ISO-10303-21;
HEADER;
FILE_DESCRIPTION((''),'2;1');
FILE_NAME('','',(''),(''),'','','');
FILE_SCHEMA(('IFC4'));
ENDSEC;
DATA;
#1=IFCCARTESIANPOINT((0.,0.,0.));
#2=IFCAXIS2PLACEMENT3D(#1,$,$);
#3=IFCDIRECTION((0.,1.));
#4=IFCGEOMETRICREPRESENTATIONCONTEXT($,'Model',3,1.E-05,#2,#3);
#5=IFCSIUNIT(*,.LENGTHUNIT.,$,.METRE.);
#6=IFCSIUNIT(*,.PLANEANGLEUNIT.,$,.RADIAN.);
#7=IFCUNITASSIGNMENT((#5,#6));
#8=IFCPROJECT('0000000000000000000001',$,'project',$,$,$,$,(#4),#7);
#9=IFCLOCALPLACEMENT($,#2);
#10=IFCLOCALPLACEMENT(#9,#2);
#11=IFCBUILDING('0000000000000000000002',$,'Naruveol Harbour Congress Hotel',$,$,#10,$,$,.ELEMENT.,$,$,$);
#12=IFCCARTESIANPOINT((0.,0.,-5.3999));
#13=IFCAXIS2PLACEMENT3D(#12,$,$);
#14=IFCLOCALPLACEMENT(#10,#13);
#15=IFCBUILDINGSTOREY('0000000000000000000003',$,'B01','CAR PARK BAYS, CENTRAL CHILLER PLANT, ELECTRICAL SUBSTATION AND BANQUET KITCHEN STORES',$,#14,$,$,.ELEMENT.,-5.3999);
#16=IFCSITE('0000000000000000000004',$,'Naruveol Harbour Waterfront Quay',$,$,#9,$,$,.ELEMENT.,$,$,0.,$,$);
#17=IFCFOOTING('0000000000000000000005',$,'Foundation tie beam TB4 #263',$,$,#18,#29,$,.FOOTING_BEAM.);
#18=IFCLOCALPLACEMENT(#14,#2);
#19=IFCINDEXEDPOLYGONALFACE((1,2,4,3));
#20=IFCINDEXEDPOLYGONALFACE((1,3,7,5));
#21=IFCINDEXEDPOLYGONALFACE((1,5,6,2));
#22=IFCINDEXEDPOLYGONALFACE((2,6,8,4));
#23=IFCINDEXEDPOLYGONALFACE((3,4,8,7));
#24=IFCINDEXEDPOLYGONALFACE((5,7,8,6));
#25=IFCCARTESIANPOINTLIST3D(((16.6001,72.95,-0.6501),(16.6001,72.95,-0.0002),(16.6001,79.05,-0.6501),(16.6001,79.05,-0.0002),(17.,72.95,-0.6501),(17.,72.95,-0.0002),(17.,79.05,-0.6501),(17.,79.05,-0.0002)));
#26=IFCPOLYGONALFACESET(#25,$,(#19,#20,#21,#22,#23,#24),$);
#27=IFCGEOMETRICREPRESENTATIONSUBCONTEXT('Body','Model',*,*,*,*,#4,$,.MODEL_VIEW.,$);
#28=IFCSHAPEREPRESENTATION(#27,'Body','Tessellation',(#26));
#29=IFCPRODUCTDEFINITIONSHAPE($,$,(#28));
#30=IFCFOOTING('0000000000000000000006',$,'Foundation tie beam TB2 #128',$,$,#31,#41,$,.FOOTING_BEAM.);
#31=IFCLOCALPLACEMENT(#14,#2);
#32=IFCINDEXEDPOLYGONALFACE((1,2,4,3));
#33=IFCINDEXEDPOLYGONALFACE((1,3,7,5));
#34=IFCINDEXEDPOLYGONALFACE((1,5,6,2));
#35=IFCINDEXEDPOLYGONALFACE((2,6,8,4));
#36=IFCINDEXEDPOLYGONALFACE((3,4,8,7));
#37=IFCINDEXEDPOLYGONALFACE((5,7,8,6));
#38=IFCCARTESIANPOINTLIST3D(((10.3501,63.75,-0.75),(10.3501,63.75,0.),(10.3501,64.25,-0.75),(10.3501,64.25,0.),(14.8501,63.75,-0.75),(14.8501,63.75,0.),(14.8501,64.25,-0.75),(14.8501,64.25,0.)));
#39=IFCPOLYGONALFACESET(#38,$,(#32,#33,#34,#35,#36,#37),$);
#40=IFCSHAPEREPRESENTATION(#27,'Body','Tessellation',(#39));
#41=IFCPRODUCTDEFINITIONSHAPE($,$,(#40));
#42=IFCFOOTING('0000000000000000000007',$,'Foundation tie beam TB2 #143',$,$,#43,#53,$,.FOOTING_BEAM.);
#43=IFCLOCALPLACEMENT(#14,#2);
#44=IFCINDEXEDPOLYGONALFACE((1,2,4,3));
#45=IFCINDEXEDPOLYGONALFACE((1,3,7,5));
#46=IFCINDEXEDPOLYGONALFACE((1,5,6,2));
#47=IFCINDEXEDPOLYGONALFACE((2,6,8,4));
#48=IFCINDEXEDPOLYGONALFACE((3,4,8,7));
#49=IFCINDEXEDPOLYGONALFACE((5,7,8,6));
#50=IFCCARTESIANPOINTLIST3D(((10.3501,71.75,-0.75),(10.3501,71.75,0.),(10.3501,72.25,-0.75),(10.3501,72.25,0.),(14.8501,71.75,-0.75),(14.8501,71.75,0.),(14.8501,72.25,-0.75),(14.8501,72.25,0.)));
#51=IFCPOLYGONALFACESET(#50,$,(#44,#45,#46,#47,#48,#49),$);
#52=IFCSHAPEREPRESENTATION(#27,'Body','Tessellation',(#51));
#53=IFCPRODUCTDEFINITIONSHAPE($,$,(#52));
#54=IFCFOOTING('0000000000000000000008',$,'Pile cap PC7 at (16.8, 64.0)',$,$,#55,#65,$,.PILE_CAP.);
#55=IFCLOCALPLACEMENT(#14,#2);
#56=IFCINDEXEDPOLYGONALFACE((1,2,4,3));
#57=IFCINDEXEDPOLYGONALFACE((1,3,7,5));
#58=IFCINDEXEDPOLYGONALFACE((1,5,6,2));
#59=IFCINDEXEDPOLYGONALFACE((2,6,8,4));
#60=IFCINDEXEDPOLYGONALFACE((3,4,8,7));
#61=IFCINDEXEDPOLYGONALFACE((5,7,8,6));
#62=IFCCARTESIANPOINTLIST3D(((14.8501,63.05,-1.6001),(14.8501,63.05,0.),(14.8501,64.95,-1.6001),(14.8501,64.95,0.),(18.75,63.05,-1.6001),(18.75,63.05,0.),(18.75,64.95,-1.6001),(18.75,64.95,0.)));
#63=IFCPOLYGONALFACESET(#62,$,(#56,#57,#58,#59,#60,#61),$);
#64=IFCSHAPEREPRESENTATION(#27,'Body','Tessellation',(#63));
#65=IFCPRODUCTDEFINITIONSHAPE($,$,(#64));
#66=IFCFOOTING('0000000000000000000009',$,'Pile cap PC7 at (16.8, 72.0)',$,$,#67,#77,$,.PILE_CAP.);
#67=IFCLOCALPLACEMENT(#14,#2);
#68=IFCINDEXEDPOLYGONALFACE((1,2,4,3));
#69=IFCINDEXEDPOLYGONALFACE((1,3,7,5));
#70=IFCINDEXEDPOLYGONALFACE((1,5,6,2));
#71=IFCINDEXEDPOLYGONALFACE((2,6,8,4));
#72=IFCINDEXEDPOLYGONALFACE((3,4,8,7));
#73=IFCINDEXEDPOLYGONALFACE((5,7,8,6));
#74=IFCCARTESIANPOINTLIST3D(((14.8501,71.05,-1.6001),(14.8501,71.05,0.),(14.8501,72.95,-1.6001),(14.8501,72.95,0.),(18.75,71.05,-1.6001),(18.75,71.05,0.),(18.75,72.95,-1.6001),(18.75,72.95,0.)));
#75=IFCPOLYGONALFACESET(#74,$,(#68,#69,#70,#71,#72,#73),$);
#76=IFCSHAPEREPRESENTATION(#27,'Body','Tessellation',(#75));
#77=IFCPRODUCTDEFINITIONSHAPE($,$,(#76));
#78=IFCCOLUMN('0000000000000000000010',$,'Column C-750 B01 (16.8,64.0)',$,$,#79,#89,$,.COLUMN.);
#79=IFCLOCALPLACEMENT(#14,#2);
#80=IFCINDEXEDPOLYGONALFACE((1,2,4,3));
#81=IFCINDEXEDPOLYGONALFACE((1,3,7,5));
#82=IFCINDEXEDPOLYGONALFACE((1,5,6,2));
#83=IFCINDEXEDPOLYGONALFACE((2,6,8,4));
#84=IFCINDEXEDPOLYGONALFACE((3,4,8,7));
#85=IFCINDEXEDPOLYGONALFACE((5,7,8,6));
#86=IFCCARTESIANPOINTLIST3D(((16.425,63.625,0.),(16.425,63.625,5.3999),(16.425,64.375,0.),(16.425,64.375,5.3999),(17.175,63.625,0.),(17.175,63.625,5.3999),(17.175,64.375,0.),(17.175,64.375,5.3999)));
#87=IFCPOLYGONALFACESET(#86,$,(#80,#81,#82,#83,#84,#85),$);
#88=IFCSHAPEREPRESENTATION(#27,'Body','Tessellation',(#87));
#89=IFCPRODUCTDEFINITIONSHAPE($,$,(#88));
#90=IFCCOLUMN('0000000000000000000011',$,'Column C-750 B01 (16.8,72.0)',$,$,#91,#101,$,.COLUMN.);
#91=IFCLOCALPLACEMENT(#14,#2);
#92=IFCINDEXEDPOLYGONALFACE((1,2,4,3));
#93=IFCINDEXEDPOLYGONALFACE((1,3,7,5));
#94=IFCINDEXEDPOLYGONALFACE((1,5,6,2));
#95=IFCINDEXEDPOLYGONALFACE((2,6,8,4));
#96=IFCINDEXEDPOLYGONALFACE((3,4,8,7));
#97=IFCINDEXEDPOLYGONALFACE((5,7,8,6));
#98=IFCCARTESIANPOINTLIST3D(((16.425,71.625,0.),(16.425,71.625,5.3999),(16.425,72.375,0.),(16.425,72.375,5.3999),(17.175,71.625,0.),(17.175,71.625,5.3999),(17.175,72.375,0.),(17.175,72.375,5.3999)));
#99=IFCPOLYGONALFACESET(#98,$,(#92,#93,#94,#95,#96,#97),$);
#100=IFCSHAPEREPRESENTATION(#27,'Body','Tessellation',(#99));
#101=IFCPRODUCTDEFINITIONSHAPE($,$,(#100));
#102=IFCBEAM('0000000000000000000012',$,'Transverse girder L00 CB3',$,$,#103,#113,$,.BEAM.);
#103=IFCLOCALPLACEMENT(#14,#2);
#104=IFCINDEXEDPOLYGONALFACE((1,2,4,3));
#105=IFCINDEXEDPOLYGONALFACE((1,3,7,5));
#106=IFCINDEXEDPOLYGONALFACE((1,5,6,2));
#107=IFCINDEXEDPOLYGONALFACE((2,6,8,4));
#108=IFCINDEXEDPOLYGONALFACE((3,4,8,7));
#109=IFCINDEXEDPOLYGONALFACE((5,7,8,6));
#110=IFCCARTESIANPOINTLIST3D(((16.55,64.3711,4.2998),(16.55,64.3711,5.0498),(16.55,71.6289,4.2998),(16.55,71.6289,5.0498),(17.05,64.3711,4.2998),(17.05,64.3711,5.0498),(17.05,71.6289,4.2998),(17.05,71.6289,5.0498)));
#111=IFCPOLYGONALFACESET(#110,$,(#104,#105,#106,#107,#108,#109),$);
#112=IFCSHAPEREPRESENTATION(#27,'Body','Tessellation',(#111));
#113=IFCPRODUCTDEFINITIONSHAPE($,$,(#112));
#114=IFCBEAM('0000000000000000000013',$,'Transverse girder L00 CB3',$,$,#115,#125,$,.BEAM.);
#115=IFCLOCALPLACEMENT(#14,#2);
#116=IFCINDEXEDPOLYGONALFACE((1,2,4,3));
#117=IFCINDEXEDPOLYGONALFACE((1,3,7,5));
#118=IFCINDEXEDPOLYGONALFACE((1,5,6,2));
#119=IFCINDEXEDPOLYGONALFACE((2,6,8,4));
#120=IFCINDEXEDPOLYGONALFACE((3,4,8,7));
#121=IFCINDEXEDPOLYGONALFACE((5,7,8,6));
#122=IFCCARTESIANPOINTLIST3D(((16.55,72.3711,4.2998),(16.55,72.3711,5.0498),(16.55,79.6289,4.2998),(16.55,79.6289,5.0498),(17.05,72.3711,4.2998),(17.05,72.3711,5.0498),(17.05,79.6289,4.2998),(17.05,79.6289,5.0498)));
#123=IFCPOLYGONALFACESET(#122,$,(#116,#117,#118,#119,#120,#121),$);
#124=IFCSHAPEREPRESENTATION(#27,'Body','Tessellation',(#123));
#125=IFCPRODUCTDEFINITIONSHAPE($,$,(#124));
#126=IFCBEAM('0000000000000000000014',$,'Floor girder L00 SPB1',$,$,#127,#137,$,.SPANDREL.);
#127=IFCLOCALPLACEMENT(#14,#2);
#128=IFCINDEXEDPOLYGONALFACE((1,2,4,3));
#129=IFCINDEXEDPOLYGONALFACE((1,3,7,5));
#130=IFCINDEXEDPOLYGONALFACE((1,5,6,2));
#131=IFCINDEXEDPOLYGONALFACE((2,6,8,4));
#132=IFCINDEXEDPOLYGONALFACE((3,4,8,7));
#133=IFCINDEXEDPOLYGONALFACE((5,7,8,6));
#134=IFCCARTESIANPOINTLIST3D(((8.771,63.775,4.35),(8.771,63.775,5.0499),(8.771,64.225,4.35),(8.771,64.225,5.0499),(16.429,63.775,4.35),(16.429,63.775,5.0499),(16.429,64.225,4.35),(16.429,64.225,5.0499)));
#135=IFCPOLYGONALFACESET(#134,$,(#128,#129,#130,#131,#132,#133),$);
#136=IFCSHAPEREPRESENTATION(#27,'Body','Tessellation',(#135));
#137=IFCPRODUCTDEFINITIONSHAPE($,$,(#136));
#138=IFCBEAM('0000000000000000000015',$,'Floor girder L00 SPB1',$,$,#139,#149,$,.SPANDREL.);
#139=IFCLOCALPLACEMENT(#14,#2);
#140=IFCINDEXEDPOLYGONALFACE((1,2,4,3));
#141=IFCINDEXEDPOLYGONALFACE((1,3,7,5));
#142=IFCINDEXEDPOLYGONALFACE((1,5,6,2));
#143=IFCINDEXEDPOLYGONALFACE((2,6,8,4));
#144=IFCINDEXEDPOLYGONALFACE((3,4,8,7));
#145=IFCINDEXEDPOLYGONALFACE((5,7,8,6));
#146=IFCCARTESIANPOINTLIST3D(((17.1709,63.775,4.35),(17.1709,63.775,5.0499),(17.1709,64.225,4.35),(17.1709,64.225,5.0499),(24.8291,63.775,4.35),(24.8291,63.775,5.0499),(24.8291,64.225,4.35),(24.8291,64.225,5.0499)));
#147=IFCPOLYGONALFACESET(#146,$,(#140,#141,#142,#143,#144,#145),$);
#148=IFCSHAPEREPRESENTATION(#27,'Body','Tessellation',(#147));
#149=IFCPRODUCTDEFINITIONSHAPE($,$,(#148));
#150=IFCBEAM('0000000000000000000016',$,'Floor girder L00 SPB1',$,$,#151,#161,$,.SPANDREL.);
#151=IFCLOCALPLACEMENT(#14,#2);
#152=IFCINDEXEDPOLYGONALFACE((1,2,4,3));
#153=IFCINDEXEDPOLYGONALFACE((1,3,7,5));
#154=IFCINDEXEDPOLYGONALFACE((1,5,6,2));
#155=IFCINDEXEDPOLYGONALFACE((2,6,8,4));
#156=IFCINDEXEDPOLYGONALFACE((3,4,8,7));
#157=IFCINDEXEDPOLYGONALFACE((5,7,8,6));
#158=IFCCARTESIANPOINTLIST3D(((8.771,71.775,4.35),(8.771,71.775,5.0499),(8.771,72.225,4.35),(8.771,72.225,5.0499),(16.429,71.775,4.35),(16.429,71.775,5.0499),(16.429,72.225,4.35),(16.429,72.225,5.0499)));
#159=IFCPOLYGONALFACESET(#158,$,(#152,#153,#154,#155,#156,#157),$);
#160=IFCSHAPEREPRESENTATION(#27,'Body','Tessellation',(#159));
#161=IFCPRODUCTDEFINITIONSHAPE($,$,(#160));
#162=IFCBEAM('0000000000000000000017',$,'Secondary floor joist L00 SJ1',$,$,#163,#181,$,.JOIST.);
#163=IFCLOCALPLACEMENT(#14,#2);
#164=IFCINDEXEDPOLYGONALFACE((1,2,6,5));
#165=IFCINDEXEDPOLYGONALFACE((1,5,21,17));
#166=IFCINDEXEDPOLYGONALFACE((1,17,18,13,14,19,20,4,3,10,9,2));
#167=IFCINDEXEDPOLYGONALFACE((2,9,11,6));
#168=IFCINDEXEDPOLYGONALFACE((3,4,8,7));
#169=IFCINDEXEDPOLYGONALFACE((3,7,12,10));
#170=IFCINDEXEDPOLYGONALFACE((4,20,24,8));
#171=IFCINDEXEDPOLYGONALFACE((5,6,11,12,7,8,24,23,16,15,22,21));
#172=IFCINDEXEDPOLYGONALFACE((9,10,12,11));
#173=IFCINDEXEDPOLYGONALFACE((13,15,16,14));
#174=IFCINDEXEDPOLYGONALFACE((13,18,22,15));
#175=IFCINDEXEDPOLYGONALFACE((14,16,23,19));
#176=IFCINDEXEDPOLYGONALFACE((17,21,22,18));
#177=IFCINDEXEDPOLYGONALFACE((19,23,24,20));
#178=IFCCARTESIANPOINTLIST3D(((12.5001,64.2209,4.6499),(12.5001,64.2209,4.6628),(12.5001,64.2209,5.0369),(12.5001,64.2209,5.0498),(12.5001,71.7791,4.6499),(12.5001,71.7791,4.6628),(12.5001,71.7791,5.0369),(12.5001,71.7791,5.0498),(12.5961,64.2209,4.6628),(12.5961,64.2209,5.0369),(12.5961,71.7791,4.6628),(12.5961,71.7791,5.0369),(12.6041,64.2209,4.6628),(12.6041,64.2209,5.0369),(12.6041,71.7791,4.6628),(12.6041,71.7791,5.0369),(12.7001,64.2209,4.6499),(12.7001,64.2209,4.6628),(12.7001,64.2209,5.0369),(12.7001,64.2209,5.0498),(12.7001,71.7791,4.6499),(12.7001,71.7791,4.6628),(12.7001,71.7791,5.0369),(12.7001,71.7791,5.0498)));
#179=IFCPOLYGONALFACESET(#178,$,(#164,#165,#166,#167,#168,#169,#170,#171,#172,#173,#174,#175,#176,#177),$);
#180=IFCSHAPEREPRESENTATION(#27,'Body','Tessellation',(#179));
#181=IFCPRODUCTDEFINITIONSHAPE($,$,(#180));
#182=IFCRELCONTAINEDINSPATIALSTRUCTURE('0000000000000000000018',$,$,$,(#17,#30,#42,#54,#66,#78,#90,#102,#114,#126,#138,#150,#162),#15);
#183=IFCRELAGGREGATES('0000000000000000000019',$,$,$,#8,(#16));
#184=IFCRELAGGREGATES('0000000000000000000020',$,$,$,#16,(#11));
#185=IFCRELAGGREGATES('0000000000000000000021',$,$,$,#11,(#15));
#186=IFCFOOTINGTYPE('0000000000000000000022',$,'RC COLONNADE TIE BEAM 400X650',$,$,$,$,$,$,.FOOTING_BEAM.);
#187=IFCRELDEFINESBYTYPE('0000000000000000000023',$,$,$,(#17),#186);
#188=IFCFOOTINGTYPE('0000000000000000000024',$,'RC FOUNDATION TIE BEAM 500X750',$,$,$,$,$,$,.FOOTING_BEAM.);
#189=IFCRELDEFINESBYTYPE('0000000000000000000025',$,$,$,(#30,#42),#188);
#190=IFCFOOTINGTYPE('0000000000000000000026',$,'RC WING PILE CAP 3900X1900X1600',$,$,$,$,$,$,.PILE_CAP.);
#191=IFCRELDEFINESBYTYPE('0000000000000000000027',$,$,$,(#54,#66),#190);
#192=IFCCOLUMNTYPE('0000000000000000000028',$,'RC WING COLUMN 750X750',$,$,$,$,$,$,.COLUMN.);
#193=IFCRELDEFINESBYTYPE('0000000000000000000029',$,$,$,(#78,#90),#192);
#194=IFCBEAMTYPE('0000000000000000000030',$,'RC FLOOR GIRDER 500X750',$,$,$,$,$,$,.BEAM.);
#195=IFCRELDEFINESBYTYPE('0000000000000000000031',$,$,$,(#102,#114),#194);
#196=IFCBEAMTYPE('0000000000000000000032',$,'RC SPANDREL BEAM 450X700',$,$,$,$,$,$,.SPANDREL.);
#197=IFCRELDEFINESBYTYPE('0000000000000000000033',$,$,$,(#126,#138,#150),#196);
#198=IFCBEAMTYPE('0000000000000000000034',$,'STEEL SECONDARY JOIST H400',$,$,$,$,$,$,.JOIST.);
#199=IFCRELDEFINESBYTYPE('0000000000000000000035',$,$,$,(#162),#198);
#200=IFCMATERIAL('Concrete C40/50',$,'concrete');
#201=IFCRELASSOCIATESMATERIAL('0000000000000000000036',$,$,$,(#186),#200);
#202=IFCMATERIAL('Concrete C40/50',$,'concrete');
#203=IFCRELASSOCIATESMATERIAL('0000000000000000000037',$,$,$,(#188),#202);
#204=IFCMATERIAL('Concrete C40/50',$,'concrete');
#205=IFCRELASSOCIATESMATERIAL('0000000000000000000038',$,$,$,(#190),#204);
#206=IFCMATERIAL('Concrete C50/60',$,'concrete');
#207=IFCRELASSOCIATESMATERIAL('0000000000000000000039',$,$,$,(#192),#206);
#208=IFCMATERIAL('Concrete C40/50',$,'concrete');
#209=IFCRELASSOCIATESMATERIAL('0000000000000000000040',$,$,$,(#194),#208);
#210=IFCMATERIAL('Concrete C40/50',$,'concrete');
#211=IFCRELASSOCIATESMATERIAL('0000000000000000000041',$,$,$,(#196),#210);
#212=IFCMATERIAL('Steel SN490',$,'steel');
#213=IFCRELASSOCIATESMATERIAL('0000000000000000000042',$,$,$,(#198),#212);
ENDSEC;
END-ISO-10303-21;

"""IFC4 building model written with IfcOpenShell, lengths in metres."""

from ifc_helpers import new_model, si_unit, direction, frame, origin, origin_2d, place, context, subcontext, project, spatial, rectangle, i_section, extrude, material, material_profile, profile_set, type_object, element, save


model = new_model("IFC4")

# Units and contexts
model_context = context("Model", 3, precision=1e-05, world=origin(), true_north=direction((0.0, 1.0)))
body_context = subcontext(model_context, "Body", "Model", "MODEL_VIEW")
ifc_project = project(units=[si_unit("LENGTHUNIT", "METRE"), si_unit("PLANEANGLEUNIT", "RADIAN")], contexts=[model_context])

# Site, building, storey
site_placement = place(None, origin())
site = spatial("IfcSite", under=ifc_project, at=site_placement, Name="Naruveol Harbour Waterfront Quay", CompositionType="ELEMENT", RefElevation=0.0)
building_placement = place(site_placement, origin())
building = spatial("IfcBuilding", under=site, at=building_placement, Name="Naruveol Harbour Congress Hotel", CompositionType="ELEMENT")
storey_placement = place(building_placement, frame((0.0, 0.0, -5.3999)))
storey = spatial("IfcBuildingStorey", under=building, at=storey_placement, Name="B01", Description="CAR PARK BAYS, CENTRAL CHILLER PLANT, ELECTRICAL SUBSTATION AND BANQUET KITCHEN STORES", CompositionType="ELEMENT", Elevation=-5.3999)

# Footings
ifc_material_1 = material(Name="Concrete C40/50", Category="concrete")
ifc_material_profile_1 = material_profile(ifc_material_1, rectangle(XDim=0.3999, YDim=0.6499, at=origin_2d()), Name="RCB-400x650")
ifc_profile_set_1 = profile_set([ifc_material_profile_1], Name="Concrete C40/50")
footing_type_1 = type_object("IfcFootingType", Name="RC COLONNADE TIE BEAM 400X650", PredefinedType="FOOTING_BEAM", material=ifc_profile_set_1)
for number, where, z_axis, x_axis, name in (
    (1, (16.8, 72.95, -0.3252), (0.0, 1.0, 0.0), (-1.0, 0.0, 0.0), "Foundation tie beam TB4 #263"),
):
    element("IfcFooting", number, at=place(storey_placement, frame(where, z_axis=z_axis, x_axis=x_axis)), inside=storey, type_object=footing_type_1, Name=name, PredefinedType="FOOTING_BEAM", context=body_context, shape_type="SweptSolid", body=[
        extrude(rectangle(XDim=0.3999, YDim=0.6499, at=origin_2d()), origin(), (0.0, 0.0, 1.0), 6.1001),
    ])
ifc_material_2 = material(Name="Concrete C40/50", Category="concrete")
ifc_material_profile_2 = material_profile(ifc_material_2, rectangle(XDim=0.5, YDim=0.75, at=origin_2d()), Name="RCB-500x750")
ifc_profile_set_2 = profile_set([ifc_material_profile_2], Name="Concrete C40/50")
footing_type_2 = type_object("IfcFootingType", Name="RC FOUNDATION TIE BEAM 500X750", PredefinedType="FOOTING_BEAM", material=ifc_profile_set_2)
for number, where, z_axis, x_axis, name in (
    (2, (10.3501, 64.0, -0.375), (1.0, 0.0, 0.0), (0.0, 1.0, 0.0), "Foundation tie beam TB2 #128"),
    (3, (10.3501, 72.0, -0.375), (1.0, 0.0, 0.0), (0.0, 1.0, 0.0), "Foundation tie beam TB2 #143"),
):
    element("IfcFooting", number, at=place(storey_placement, frame(where, z_axis=z_axis, x_axis=x_axis)), inside=storey, type_object=footing_type_2, Name=name, PredefinedType="FOOTING_BEAM", context=body_context, shape_type="SweptSolid", body=[
        extrude(rectangle(XDim=0.5, YDim=0.75, at=origin_2d()), origin(), (0.0, 0.0, 1.0), 4.5),
    ])
ifc_material_3 = material(Name="Concrete C40/50", Category="concrete")
footing_type_3 = type_object("IfcFootingType", Name="RC WING PILE CAP 3900X1900X1600", PredefinedType="PILE_CAP", material=ifc_material_3)
for number, where, z_axis, x_axis, name in (
    (4, (16.8, 64.0, -1.6001), (0.0, 0.0, 1.0), (1.0, 0.0, 0.0), "Pile cap PC7 at (16.8, 64.0)"),
    (5, (16.8, 72.0, -1.6001), (0.0, 0.0, 1.0), (1.0, 0.0, 0.0), "Pile cap PC7 at (16.8, 72.0)"),
):
    element("IfcFooting", number, at=place(storey_placement, frame(where, z_axis=z_axis, x_axis=x_axis)), inside=storey, type_object=footing_type_3, Name=name, PredefinedType="PILE_CAP", context=body_context, shape_type="SweptSolid", body=[
        extrude(rectangle(XDim=3.8999, YDim=1.8999, at=origin_2d()), origin(), (0.0, 0.0, 1.0), 1.6001),
    ])

# Columns
ifc_material_4 = material(Name="Concrete C50/60", Category="concrete")
ifc_material_profile_3 = material_profile(ifc_material_4, rectangle(XDim=0.75, YDim=0.75, at=origin_2d()), Name="RC-750x750")
ifc_profile_set_3 = profile_set([ifc_material_profile_3], Name="Concrete C50/60")
column_type = type_object("IfcColumnType", Name="RC WING COLUMN 750X750", PredefinedType="COLUMN", material=ifc_profile_set_3)
for number, where, z_axis, x_axis, name in (
    (6, (16.8, 64.0, 0.0), (0.0, 0.0, 1.0), (1.0, 0.0, 0.0), "Column C-750 B01 (16.8,64.0)"),
    (7, (16.8, 72.0, 0.0), (0.0, 0.0, 1.0), (1.0, 0.0, 0.0), "Column C-750 B01 (16.8,72.0)"),
):
    element("IfcColumn", number, at=place(storey_placement, frame(where, z_axis=z_axis, x_axis=x_axis)), inside=storey, type_object=column_type, Name=name, PredefinedType="COLUMN", context=body_context, shape_type="SweptSolid", body=[
        extrude(rectangle(XDim=0.75, YDim=0.75, at=origin_2d()), origin(), (0.0, 0.0, 1.0), 5.3999),
    ])

# Beams
ifc_material_5 = material(Name="Concrete C40/50", Category="concrete")
ifc_material_profile_4 = material_profile(ifc_material_5, rectangle(XDim=0.5, YDim=0.75, at=origin_2d()), Name="RCB-500x750")
ifc_profile_set_4 = profile_set([ifc_material_profile_4], Name="Concrete C40/50")
beam_type_1 = type_object("IfcBeamType", Name="RC FLOOR GIRDER 500X750", PredefinedType="BEAM", material=ifc_profile_set_4)
for number, where, z_axis, x_axis, name in (
    (8, (16.8, 64.3711, 4.6748), (0.0, 1.0, 0.0), (-1.0, 0.0, 0.0), "Transverse girder L00 CB3"),
    (9, (16.8, 72.3711, 4.6748), (0.0, 1.0, 0.0), (-1.0, 0.0, 0.0), "Transverse girder L00 CB3"),
):
    element("IfcBeam", number, at=place(storey_placement, frame(where, z_axis=z_axis, x_axis=x_axis)), inside=storey, type_object=beam_type_1, Name=name, PredefinedType="BEAM", context=body_context, shape_type="SweptSolid", body=[
        extrude(rectangle(XDim=0.5, YDim=0.75, at=origin_2d()), origin(), (0.0, 0.0, 1.0), 7.2578),
    ])
ifc_material_6 = material(Name="Concrete C40/50", Category="concrete")
ifc_material_profile_5 = material_profile(ifc_material_6, rectangle(XDim=0.45, YDim=0.7, at=origin_2d()), Name="RCB-450x700")
ifc_profile_set_5 = profile_set([ifc_material_profile_5], Name="Concrete C40/50")
beam_type_2 = type_object("IfcBeamType", Name="RC SPANDREL BEAM 450X700", PredefinedType="SPANDREL", material=ifc_profile_set_5)
beam_1_placement = place(storey_placement, frame((8.771, 64.0, 4.7), z_axis=(1.0, 0.0, 0.0), x_axis=(0.0, 1.0, 0.0)))
element("IfcBeam", 10, at=beam_1_placement, inside=storey, type_object=beam_type_2, Name="Floor girder L00 SPB1", PredefinedType="SPANDREL", context=body_context, shape_type="SweptSolid", body=[
    extrude(rectangle(XDim=0.45, YDim=0.7, at=origin_2d()), origin(), (0.0, 0.0, 1.0), 7.658),
])
beam_2_placement = place(storey_placement, frame((17.1709, 64.0, 4.7), z_axis=(1.0, 0.0, 0.0), x_axis=(0.0, 1.0, 0.0)))
element("IfcBeam", 11, at=beam_2_placement, inside=storey, type_object=beam_type_2, Name="Floor girder L00 SPB1", PredefinedType="SPANDREL", context=body_context, shape_type="SweptSolid", body=[
    extrude(rectangle(XDim=0.45, YDim=0.7, at=origin_2d()), origin(), (0.0, 0.0, 1.0), 7.6582),
])
beam_3_placement = place(storey_placement, frame((8.771, 72.0, 4.7), z_axis=(1.0, 0.0, 0.0), x_axis=(0.0, 1.0, 0.0)))
element("IfcBeam", 12, at=beam_3_placement, inside=storey, type_object=beam_type_2, Name="Floor girder L00 SPB1", PredefinedType="SPANDREL", context=body_context, shape_type="SweptSolid", body=[
    extrude(rectangle(XDim=0.45, YDim=0.7, at=origin_2d()), origin(), (0.0, 0.0, 1.0), 7.658),
])
ifc_material_7 = material(Name="Steel SN490", Category="steel")
ifc_material_profile_6 = material_profile(ifc_material_7, i_section(OverallWidth=0.2, OverallDepth=0.3999, WebThickness=0.0081, FlangeThickness=0.0129, at=origin_2d()), Name="H-400x200x8x13")
ifc_profile_set_6 = profile_set([ifc_material_profile_6], Name="Steel SN490")
beam_type_3 = type_object("IfcBeamType", Name="STEEL SECONDARY JOIST H400", PredefinedType="JOIST", material=ifc_profile_set_6)
beam_4_placement = place(storey_placement, frame((12.6001, 64.2209, 4.8499), z_axis=(0.0, 1.0, 0.0), x_axis=(-1.0, 0.0, 0.0)))
element("IfcBeam", 13, at=beam_4_placement, inside=storey, type_object=beam_type_3, Name="Secondary floor joist L00 SJ1", PredefinedType="JOIST", context=body_context, shape_type="SweptSolid", body=[
    extrude(i_section(OverallWidth=0.2, OverallDepth=0.3999, WebThickness=0.0081, FlangeThickness=0.0129, at=origin_2d()), origin(), (0.0, 0.0, 1.0), 7.5581),
])

save(model, "model.ifc")
